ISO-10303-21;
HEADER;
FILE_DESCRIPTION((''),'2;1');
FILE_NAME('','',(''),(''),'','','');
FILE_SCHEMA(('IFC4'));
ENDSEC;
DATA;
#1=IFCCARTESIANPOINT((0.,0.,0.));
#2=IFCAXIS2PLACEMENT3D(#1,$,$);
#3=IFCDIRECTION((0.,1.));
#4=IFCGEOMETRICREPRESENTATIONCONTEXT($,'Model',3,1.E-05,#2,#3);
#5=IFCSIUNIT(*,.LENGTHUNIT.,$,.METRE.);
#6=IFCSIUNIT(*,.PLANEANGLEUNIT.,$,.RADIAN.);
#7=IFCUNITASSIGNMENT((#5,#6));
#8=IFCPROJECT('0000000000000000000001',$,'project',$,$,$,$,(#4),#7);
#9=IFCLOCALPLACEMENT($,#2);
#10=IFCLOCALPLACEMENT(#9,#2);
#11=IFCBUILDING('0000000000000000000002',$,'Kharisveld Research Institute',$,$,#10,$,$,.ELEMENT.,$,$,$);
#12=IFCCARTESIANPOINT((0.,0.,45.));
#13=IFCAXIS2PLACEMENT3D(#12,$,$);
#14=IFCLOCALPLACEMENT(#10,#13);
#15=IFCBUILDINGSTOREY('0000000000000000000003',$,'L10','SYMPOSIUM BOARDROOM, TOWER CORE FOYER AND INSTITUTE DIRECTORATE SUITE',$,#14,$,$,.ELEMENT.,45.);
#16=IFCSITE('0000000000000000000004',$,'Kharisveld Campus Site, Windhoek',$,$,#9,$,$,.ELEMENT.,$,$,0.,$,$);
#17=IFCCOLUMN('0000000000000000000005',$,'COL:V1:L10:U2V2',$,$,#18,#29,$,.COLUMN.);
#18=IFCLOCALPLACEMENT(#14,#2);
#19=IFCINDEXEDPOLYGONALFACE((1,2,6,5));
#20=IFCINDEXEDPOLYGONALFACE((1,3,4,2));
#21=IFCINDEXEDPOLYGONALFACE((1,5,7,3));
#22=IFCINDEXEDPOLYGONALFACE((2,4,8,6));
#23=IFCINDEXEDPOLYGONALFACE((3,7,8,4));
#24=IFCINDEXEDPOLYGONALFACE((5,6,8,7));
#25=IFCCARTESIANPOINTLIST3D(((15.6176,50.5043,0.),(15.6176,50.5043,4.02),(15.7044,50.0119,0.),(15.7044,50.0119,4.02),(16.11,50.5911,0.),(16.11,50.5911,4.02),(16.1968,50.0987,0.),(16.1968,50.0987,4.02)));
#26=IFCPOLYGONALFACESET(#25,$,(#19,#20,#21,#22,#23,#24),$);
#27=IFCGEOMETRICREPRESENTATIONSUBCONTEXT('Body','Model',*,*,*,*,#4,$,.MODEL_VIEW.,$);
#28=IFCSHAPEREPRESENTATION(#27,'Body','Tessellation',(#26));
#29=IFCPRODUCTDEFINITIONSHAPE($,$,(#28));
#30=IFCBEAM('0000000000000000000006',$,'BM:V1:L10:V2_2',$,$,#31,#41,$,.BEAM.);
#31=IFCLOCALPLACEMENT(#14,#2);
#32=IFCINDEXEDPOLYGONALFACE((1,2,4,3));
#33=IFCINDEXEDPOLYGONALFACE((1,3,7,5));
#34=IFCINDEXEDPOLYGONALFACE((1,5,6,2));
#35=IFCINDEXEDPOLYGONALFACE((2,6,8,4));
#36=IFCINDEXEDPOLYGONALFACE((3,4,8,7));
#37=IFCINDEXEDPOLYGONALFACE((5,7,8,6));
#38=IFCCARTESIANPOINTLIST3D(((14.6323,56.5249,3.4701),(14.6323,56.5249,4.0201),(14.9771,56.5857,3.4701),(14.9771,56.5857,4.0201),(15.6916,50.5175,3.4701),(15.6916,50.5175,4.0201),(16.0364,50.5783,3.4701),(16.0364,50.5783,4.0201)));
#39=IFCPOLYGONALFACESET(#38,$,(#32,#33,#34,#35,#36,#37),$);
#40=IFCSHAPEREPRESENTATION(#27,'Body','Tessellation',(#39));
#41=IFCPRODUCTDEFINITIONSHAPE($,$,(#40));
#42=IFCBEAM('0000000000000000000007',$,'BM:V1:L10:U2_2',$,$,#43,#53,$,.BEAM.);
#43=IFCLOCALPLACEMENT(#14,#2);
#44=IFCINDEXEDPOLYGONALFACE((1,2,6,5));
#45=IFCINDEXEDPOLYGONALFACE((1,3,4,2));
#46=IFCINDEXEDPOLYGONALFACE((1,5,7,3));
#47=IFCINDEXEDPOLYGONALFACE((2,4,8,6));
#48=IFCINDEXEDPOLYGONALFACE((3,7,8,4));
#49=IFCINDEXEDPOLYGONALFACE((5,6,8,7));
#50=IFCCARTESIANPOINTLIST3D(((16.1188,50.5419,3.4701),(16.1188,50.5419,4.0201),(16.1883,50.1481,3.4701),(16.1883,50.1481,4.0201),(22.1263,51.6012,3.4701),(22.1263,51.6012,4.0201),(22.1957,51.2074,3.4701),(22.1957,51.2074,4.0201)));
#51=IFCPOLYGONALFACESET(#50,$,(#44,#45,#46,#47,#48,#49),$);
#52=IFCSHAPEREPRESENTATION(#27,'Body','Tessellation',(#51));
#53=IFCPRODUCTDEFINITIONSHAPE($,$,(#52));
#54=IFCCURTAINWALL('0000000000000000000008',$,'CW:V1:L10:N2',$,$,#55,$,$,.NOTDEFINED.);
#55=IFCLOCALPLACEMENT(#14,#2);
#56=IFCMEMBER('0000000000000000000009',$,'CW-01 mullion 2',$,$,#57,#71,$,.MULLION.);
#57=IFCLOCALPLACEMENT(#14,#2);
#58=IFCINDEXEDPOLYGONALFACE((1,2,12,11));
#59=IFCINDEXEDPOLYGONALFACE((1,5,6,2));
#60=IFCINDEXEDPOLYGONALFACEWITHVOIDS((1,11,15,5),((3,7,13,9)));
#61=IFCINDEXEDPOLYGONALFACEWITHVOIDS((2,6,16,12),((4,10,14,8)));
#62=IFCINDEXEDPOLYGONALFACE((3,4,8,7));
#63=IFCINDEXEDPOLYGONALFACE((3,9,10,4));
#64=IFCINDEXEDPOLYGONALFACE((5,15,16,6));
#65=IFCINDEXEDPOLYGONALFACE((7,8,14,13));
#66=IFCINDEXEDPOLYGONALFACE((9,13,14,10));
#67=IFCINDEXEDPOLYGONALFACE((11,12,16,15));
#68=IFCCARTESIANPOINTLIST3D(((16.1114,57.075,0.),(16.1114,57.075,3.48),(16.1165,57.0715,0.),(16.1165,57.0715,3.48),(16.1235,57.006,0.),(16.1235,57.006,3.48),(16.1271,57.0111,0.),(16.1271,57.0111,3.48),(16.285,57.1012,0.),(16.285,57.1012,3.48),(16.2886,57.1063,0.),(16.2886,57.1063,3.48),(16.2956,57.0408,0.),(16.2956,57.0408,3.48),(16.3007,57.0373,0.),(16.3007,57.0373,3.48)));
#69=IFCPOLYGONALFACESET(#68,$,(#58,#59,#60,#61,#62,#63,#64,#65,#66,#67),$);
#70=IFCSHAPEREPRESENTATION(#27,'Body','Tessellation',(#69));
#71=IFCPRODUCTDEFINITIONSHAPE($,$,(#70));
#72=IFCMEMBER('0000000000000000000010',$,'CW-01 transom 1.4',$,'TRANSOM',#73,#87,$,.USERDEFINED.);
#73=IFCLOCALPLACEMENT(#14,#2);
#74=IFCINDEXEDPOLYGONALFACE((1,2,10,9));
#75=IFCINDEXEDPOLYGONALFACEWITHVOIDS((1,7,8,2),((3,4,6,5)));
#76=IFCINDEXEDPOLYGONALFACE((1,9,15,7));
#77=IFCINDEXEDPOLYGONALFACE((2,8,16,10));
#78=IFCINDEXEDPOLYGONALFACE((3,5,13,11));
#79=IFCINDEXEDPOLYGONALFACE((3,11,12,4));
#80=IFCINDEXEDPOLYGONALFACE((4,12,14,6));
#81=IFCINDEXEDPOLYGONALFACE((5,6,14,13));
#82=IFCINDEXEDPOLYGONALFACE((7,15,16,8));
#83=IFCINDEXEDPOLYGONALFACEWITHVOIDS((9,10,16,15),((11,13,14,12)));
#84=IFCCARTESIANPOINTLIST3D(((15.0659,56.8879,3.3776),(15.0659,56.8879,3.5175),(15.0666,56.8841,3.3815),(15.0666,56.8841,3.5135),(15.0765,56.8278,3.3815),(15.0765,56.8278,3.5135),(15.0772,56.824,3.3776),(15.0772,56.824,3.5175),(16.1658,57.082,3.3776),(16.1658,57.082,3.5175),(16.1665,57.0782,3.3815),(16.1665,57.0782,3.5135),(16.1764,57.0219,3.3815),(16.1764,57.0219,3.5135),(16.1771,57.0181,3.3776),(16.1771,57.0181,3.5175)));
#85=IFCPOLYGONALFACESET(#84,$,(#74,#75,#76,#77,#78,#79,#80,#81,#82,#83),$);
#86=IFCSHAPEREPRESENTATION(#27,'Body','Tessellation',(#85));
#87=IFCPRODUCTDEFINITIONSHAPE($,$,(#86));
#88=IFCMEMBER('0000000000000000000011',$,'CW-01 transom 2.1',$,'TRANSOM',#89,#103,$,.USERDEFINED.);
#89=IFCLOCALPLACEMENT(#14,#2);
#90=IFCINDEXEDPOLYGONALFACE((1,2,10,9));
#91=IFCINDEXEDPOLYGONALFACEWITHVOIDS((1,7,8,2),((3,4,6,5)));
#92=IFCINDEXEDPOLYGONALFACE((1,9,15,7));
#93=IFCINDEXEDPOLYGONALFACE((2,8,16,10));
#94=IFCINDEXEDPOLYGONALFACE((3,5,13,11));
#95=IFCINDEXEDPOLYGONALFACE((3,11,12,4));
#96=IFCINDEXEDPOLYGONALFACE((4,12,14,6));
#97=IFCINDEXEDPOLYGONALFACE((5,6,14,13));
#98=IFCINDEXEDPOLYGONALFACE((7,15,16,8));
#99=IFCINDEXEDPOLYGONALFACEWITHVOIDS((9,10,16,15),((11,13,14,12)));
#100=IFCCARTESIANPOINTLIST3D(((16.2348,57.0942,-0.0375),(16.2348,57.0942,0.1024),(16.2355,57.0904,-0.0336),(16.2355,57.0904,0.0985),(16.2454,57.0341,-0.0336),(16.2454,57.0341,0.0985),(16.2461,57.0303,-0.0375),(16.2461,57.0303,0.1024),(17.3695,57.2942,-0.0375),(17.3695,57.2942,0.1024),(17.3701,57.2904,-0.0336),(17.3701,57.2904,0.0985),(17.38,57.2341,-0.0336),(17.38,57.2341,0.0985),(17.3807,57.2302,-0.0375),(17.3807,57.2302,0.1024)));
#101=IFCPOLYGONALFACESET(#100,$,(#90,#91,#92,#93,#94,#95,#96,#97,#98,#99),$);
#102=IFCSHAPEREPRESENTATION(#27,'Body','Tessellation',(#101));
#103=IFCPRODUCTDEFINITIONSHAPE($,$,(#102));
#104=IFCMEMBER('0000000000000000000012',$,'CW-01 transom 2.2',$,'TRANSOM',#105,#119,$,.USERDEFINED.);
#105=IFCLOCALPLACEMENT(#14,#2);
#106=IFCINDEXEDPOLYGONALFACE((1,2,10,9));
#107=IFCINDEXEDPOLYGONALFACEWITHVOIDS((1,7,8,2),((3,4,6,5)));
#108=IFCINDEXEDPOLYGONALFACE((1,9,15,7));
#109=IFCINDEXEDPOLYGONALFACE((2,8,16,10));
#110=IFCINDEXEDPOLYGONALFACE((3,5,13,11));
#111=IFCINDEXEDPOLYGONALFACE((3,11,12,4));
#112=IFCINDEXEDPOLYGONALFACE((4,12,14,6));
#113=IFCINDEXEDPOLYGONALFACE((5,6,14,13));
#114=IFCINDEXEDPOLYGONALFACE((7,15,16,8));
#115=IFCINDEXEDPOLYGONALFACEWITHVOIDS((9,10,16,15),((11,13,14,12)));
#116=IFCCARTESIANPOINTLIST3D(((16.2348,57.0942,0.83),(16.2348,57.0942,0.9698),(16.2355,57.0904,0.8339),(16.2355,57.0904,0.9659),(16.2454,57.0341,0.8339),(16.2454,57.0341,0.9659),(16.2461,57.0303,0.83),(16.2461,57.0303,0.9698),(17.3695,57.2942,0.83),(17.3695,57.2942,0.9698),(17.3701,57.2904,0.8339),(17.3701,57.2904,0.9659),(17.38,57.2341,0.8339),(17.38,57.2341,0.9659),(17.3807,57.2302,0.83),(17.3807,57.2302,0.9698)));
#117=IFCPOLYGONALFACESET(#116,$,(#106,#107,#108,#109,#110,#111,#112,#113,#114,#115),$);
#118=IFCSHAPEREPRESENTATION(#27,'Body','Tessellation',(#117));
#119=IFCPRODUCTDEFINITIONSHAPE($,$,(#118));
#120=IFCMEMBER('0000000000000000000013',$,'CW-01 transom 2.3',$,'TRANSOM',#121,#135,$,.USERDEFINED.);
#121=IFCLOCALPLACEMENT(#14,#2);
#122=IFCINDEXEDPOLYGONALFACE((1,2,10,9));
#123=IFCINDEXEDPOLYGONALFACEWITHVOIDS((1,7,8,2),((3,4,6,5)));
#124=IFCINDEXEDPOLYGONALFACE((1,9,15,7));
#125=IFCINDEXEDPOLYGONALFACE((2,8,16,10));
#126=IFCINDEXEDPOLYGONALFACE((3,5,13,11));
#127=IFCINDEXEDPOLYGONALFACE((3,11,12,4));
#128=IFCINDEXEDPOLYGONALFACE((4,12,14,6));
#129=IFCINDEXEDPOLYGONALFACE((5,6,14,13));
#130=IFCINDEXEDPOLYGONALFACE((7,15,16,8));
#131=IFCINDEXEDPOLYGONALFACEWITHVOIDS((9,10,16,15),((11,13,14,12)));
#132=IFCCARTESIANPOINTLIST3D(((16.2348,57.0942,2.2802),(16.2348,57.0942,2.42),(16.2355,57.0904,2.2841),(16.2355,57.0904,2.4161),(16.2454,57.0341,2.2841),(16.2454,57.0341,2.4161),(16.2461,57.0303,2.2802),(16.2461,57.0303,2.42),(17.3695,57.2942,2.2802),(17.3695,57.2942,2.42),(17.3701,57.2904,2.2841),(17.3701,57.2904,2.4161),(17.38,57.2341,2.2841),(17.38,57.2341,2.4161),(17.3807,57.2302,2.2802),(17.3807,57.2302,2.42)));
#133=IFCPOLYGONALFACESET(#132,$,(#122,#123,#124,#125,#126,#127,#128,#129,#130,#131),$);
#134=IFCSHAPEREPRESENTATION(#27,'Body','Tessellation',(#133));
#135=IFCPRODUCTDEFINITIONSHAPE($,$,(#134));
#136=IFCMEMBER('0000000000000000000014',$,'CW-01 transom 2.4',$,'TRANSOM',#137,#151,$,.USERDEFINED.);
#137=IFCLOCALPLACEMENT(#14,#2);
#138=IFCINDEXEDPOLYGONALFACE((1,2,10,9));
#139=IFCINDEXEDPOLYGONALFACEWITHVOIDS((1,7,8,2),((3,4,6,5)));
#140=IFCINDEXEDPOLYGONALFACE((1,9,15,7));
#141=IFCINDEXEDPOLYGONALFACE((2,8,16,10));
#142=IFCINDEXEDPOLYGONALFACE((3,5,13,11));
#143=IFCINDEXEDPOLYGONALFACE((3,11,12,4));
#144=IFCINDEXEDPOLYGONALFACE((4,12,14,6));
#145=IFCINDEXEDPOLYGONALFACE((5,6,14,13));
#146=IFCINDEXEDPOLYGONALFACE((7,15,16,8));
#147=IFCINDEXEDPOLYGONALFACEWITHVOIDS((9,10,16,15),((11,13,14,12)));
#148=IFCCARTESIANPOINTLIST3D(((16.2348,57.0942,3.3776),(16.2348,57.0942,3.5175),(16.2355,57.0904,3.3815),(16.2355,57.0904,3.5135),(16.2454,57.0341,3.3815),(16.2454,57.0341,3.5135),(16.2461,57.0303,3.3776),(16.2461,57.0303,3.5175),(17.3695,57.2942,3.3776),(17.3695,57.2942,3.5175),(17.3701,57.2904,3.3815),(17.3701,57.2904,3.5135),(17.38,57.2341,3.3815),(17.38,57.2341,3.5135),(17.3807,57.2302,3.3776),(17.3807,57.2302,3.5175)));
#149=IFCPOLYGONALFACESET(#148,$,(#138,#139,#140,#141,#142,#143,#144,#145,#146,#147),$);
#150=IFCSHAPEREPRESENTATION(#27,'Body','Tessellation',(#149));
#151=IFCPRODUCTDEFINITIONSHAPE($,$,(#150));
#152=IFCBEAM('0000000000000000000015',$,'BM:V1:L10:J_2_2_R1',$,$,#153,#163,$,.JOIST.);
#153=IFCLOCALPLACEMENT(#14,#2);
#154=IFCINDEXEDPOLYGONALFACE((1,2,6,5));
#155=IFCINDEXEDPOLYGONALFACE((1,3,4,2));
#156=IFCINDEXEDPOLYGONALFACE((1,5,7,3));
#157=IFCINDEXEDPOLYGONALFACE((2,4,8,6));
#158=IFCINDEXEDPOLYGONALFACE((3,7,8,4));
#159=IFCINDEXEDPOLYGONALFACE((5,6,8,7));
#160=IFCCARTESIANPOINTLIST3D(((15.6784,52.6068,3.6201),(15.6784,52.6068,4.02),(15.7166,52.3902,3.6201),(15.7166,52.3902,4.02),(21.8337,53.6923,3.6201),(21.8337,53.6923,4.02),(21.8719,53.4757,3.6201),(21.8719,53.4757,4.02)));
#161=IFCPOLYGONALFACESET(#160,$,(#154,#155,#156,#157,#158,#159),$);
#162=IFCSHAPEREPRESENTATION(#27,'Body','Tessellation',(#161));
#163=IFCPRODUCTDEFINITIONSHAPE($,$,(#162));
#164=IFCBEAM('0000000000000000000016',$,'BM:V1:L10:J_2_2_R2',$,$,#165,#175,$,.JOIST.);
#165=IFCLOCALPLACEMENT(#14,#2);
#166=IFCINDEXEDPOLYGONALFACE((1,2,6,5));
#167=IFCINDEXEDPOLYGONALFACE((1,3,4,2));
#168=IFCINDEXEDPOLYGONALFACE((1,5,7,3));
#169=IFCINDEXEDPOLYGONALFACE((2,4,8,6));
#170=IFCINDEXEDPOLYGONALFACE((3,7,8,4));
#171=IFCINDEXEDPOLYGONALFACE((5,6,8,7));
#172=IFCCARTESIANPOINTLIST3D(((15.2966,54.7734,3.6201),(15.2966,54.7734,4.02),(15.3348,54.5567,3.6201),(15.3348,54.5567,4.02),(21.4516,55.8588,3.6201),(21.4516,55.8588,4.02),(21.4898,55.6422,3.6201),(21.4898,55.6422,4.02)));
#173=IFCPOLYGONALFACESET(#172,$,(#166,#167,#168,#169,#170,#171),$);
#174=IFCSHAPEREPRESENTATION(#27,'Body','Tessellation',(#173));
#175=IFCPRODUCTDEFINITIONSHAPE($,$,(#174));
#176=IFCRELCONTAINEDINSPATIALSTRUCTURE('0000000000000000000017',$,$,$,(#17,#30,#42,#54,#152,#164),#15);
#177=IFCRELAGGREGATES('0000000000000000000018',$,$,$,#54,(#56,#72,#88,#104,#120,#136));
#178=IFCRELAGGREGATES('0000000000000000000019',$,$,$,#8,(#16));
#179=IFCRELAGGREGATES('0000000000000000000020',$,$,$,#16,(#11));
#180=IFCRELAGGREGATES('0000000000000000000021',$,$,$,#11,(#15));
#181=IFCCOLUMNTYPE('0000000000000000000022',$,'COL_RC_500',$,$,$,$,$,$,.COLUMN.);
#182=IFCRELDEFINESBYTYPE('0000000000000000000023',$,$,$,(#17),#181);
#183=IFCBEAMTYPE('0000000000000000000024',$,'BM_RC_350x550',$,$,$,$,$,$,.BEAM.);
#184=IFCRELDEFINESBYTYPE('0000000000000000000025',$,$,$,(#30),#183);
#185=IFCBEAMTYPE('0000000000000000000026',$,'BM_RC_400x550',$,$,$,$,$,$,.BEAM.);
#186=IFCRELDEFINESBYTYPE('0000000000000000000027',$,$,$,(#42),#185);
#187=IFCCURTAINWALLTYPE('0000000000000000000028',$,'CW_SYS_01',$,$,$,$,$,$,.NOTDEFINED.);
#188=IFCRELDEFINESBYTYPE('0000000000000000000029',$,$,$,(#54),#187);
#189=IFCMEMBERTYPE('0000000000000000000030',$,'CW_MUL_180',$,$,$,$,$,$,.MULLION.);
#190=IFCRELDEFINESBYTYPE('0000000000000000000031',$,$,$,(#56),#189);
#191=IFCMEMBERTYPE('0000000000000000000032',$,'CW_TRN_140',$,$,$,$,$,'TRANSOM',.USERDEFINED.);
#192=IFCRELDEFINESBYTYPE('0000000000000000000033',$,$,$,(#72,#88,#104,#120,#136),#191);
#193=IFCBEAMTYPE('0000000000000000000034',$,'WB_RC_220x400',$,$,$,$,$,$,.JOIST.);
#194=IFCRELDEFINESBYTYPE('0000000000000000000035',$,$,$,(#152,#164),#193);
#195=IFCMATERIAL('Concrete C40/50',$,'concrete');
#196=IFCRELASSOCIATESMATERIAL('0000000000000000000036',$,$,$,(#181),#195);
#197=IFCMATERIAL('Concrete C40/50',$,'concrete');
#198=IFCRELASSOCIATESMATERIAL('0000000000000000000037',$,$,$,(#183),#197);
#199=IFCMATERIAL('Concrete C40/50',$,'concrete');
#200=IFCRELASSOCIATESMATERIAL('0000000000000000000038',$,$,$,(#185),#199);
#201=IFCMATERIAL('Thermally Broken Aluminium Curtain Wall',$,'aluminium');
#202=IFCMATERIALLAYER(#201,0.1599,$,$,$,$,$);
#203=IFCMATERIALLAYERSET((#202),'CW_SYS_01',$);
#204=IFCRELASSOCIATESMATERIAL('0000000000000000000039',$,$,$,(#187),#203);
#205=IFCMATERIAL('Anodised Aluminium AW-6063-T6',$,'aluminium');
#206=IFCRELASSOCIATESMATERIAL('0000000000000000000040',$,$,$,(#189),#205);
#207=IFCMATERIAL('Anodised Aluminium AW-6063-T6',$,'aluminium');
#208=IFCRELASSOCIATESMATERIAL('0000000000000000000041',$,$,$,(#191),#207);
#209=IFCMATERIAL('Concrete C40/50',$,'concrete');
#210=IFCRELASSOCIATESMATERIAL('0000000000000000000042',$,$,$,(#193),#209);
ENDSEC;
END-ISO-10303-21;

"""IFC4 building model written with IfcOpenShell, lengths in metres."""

from ifc_helpers import new_model, si_unit, direction, frame, origin, origin_2d, place, context, subcontext, project, spatial, rectangle, hollow_rectangle, extrude, material, layer, layer_set, material_profile, profile_set, type_object, element, aggregate, save


model = new_model("IFC4")

# Units and contexts
model_context = context("Model", 3, precision=1e-05, world=origin(), true_north=direction((0.0, 1.0)))
body_context = subcontext(model_context, "Body", "Model", "MODEL_VIEW")
ifc_project = project(units=[si_unit("LENGTHUNIT", "METRE"), si_unit("PLANEANGLEUNIT", "RADIAN")], contexts=[model_context])

# Site, building, storey
site_placement = place(None, origin())
site = spatial("IfcSite", under=ifc_project, at=site_placement, Name="Kharisveld Campus Site, Windhoek", CompositionType="ELEMENT", RefElevation=0.0)
building_placement = place(site_placement, origin())
building = spatial("IfcBuilding", under=site, at=building_placement, Name="Kharisveld Research Institute", CompositionType="ELEMENT")
storey_placement = place(building_placement, frame((0.0, 0.0, 45.0)))
storey = spatial("IfcBuildingStorey", under=building, at=storey_placement, Name="L10", Description="SYMPOSIUM BOARDROOM, TOWER CORE FOYER AND INSTITUTE DIRECTORATE SUITE", CompositionType="ELEMENT", Elevation=45.0)

# Column
ifc_material_1 = material(Name="Concrete C40/50", Category="concrete")
ifc_material_profile_1 = material_profile(ifc_material_1, rectangle(XDim=0.5, YDim=0.5, at=origin_2d()))
ifc_profile_set_1 = profile_set([ifc_material_profile_1], Name="Concrete C40/50")
column_type = type_object("IfcColumnType", Name="COL_RC_500", PredefinedType="COLUMN", material=ifc_profile_set_1)
column_placement = place(storey_placement, frame((15.9072, 50.3015, 0.0), z_axis=(0.0, 0.0, 1.0), x_axis=(0.984808, 0.173648, 0.0)))
element("IfcColumn", 1, at=column_placement, inside=storey, type_object=column_type, Name="COL:V1:L10:U2V2", PredefinedType="COLUMN", context=body_context, shape_type="SweptSolid", body=[
    extrude(rectangle(XDim=0.5, YDim=0.5, at=origin_2d()), origin(), (0.0, 0.0, 1.0), 4.02),
])

# Beams
ifc_material_2 = material(Name="Concrete C40/50", Category="concrete")
ifc_material_profile_2 = material_profile(ifc_material_2, rectangle(XDim=0.3501, YDim=0.55, at=origin_2d()))
ifc_profile_set_2 = profile_set([ifc_material_profile_2], Name="Concrete C40/50")
beam_type_1 = type_object("IfcBeamType", Name="BM_RC_350x550", PredefinedType="BEAM", material=ifc_profile_set_2)
beam_1_placement = place(storey_placement, frame((15.864, 50.5479, 3.7451), z_axis=(-0.17366, 0.984806, 0.0), x_axis=(-0.984806, -0.17366, 0.0)))
element("IfcBeam", 2, at=beam_1_placement, inside=storey, type_object=beam_type_1, Name="BM:V1:L10:V2_2", PredefinedType="BEAM", context=body_context, shape_type="SweptSolid", body=[
    extrude(rectangle(XDim=0.3501, YDim=0.55, at=origin_2d()), origin(), (0.0, 0.0, 1.0), 6.1001),
])
ifc_material_3 = material(Name="Concrete C40/50", Category="concrete")
ifc_material_profile_3 = material_profile(ifc_material_3, rectangle(XDim=0.3999, YDim=0.55, at=origin_2d()))
ifc_profile_set_3 = profile_set([ifc_material_profile_3], Name="Concrete C40/50")
beam_type_2 = type_object("IfcBeamType", Name="BM_RC_400x550", PredefinedType="BEAM", material=ifc_profile_set_3)
beam_2_placement = place(storey_placement, frame((16.1536, 50.345, 3.7451), z_axis=(0.984806, 0.17366, 0.0), x_axis=(-0.17366, 0.984806, 0.0)))
element("IfcBeam", 3, at=beam_2_placement, inside=storey, type_object=beam_type_2, Name="BM:V1:L10:U2_2", PredefinedType="BEAM", context=body_context, shape_type="SweptSolid", body=[
    extrude(rectangle(XDim=0.3999, YDim=0.55, at=origin_2d()), origin(), (0.0, 0.0, 1.0), 6.1001),
])

# Curtain wall, members
ifc_material_4 = material(Name="Thermally Broken Aluminium Curtain Wall", Category="aluminium")
ifc_layer_1 = layer(ifc_material_4, 0.1599)
ifc_layer_set_1 = layer_set([ifc_layer_1], Name="CW_SYS_01")
curtain_wall_type = type_object("IfcCurtainWallType", Name="CW_SYS_01", PredefinedType="NOTDEFINED", material=ifc_layer_set_1)
curtain_wall_placement = place(storey_placement, origin())
curtain_wall = element("IfcCurtainWall", 4, at=curtain_wall_placement, inside=storey, type_object=curtain_wall_type, Name="CW:V1:L10:N2", PredefinedType="NOTDEFINED")
ifc_material_5 = material(Name="Anodised Aluminium AW-6063-T6", Category="aluminium")
ifc_material_profile_4 = material_profile(ifc_material_5, hollow_rectangle(XDim=0.0701, YDim=0.1799, WallThickness=0.0044, at=origin_2d()))
ifc_profile_set_4 = profile_set([ifc_material_profile_4], Name="Anodised Aluminium AW-6063-T6")
member_type_1 = type_object("IfcMemberType", Name="CW_MUL_180", PredefinedType="MULLION", material=ifc_profile_set_4)
member_1_placement = place(storey_placement, frame((16.2061, 57.0562, 0.0), z_axis=(0.0, 0.0, 1.0), x_axis=(-0.173648, 0.984808, 0.0)))
member_1 = element("IfcMember", 5, at=member_1_placement, type_object=member_type_1, Name="CW-01 mullion 2", PredefinedType="MULLION", context=body_context, shape_type="SweptSolid", body=[
    extrude(hollow_rectangle(XDim=0.0701, YDim=0.1799, WallThickness=0.0044, at=origin_2d()), origin(), (0.0, 0.0, 1.0), 3.48),
])
ifc_material_6 = material(Name="Anodised Aluminium AW-6063-T6", Category="aluminium")
ifc_material_profile_5 = material_profile(ifc_material_6, hollow_rectangle(XDim=0.0649, YDim=0.1399, WallThickness=0.0039, at=origin_2d()))
ifc_profile_set_5 = profile_set([ifc_material_profile_5], Name="Anodised Aluminium AW-6063-T6")
member_type_2 = type_object("IfcMemberType", Name="CW_TRN_140", ElementType="TRANSOM", PredefinedType="USERDEFINED", material=ifc_profile_set_5)
member_2_placement = place(storey_placement, frame((15.0715, 56.856, 3.4475), z_axis=(0.984784, 0.173785, 0.0), x_axis=(-0.173785, 0.984784, 0.0)))
member_2 = element("IfcMember", 6, at=member_2_placement, type_object=member_type_2, Name="CW-01 transom 1.4", ObjectType="TRANSOM", PredefinedType="USERDEFINED", context=body_context, shape_type="SweptSolid", body=[
    extrude(hollow_rectangle(XDim=0.0649, YDim=0.1399, WallThickness=0.0039, at=origin_2d()), origin(), (0.0, 0.0, 1.0), 1.1169),
])
member_3_placement = place(storey_placement, frame((16.2405, 57.0623, 0.0325), z_axis=(0.984822, 0.173568, 0.0), x_axis=(-0.173568, 0.984822, 0.0)))
member_3 = element("IfcMember", 7, at=member_3_placement, type_object=member_type_2, Name="CW-01 transom 2.1", ObjectType="TRANSOM", PredefinedType="USERDEFINED", context=body_context, shape_type="SweptSolid", body=[
    extrude(hollow_rectangle(XDim=0.0649, YDim=0.1399, WallThickness=0.0039, at=origin_2d()), origin(), (0.0, 0.0, 1.0), 1.1521),
])
member_4_placement = place(storey_placement, frame((16.2405, 57.0623, 0.8999), z_axis=(0.984822, 0.173568, 0.0), x_axis=(-0.173568, 0.984822, 0.0)))
member_4 = element("IfcMember", 8, at=member_4_placement, type_object=member_type_2, Name="CW-01 transom 2.2", ObjectType="TRANSOM", PredefinedType="USERDEFINED", context=body_context, shape_type="SweptSolid", body=[
    extrude(hollow_rectangle(XDim=0.0649, YDim=0.1399, WallThickness=0.0039, at=origin_2d()), origin(), (0.0, 0.0, 1.0), 1.1521),
])
member_5_placement = place(storey_placement, frame((16.2405, 57.0623, 2.3501), z_axis=(0.984822, 0.173568, 0.0), x_axis=(-0.173568, 0.984822, 0.0)))
member_5 = element("IfcMember", 9, at=member_5_placement, type_object=member_type_2, Name="CW-01 transom 2.3", ObjectType="TRANSOM", PredefinedType="USERDEFINED", context=body_context, shape_type="SweptSolid", body=[
    extrude(hollow_rectangle(XDim=0.0649, YDim=0.1399, WallThickness=0.0039, at=origin_2d()), origin(), (0.0, 0.0, 1.0), 1.1521),
])
member_6_placement = place(storey_placement, frame((16.2405, 57.0623, 3.4475), z_axis=(0.984822, 0.173568, 0.0), x_axis=(-0.173568, 0.984822, 0.0)))
member_6 = element("IfcMember", 10, at=member_6_placement, type_object=member_type_2, Name="CW-01 transom 2.4", ObjectType="TRANSOM", PredefinedType="USERDEFINED", context=body_context, shape_type="SweptSolid", body=[
    extrude(hollow_rectangle(XDim=0.0649, YDim=0.1399, WallThickness=0.0039, at=origin_2d()), origin(), (0.0, 0.0, 1.0), 1.1521),
])

# Beams
ifc_material_7 = material(Name="Concrete C40/50", Category="concrete")
ifc_material_profile_6 = material_profile(ifc_material_7, rectangle(XDim=0.22, YDim=0.3999, at=origin_2d()))
ifc_profile_set_6 = profile_set([ifc_material_profile_6], Name="Concrete C40/50")
beam_type_3 = type_object("IfcBeamType", Name="WB_RC_220x400", PredefinedType="JOIST", material=ifc_profile_set_6)
beam_3_placement = place(storey_placement, frame((15.6975, 52.4985, 3.8201), z_axis=(0.984805, 0.173665, 0.0), x_axis=(-0.173665, 0.984805, 0.0)))
element("IfcBeam", 11, at=beam_3_placement, inside=storey, type_object=beam_type_3, Name="BM:V1:L10:J_2_2_R1", PredefinedType="JOIST", context=body_context, shape_type="SweptSolid", body=[
    extrude(rectangle(XDim=0.22, YDim=0.3999, at=origin_2d()), origin(), (0.0, 0.0, 1.0), 6.2502),
])
beam_4_placement = place(storey_placement, frame((15.3157, 54.665, 3.8201), z_axis=(0.984804, 0.173672, 0.0), x_axis=(-0.173672, 0.984804, 0.0)))
element("IfcBeam", 12, at=beam_4_placement, inside=storey, type_object=beam_type_3, Name="BM:V1:L10:J_2_2_R2", PredefinedType="JOIST", context=body_context, shape_type="SweptSolid", body=[
    extrude(rectangle(XDim=0.22, YDim=0.3999, at=origin_2d()), origin(), (0.0, 0.0, 1.0), 6.25),
])

aggregate(curtain_wall, [member_1, member_2, member_3, member_4, member_5, member_6])

save(model, "model.ifc")
